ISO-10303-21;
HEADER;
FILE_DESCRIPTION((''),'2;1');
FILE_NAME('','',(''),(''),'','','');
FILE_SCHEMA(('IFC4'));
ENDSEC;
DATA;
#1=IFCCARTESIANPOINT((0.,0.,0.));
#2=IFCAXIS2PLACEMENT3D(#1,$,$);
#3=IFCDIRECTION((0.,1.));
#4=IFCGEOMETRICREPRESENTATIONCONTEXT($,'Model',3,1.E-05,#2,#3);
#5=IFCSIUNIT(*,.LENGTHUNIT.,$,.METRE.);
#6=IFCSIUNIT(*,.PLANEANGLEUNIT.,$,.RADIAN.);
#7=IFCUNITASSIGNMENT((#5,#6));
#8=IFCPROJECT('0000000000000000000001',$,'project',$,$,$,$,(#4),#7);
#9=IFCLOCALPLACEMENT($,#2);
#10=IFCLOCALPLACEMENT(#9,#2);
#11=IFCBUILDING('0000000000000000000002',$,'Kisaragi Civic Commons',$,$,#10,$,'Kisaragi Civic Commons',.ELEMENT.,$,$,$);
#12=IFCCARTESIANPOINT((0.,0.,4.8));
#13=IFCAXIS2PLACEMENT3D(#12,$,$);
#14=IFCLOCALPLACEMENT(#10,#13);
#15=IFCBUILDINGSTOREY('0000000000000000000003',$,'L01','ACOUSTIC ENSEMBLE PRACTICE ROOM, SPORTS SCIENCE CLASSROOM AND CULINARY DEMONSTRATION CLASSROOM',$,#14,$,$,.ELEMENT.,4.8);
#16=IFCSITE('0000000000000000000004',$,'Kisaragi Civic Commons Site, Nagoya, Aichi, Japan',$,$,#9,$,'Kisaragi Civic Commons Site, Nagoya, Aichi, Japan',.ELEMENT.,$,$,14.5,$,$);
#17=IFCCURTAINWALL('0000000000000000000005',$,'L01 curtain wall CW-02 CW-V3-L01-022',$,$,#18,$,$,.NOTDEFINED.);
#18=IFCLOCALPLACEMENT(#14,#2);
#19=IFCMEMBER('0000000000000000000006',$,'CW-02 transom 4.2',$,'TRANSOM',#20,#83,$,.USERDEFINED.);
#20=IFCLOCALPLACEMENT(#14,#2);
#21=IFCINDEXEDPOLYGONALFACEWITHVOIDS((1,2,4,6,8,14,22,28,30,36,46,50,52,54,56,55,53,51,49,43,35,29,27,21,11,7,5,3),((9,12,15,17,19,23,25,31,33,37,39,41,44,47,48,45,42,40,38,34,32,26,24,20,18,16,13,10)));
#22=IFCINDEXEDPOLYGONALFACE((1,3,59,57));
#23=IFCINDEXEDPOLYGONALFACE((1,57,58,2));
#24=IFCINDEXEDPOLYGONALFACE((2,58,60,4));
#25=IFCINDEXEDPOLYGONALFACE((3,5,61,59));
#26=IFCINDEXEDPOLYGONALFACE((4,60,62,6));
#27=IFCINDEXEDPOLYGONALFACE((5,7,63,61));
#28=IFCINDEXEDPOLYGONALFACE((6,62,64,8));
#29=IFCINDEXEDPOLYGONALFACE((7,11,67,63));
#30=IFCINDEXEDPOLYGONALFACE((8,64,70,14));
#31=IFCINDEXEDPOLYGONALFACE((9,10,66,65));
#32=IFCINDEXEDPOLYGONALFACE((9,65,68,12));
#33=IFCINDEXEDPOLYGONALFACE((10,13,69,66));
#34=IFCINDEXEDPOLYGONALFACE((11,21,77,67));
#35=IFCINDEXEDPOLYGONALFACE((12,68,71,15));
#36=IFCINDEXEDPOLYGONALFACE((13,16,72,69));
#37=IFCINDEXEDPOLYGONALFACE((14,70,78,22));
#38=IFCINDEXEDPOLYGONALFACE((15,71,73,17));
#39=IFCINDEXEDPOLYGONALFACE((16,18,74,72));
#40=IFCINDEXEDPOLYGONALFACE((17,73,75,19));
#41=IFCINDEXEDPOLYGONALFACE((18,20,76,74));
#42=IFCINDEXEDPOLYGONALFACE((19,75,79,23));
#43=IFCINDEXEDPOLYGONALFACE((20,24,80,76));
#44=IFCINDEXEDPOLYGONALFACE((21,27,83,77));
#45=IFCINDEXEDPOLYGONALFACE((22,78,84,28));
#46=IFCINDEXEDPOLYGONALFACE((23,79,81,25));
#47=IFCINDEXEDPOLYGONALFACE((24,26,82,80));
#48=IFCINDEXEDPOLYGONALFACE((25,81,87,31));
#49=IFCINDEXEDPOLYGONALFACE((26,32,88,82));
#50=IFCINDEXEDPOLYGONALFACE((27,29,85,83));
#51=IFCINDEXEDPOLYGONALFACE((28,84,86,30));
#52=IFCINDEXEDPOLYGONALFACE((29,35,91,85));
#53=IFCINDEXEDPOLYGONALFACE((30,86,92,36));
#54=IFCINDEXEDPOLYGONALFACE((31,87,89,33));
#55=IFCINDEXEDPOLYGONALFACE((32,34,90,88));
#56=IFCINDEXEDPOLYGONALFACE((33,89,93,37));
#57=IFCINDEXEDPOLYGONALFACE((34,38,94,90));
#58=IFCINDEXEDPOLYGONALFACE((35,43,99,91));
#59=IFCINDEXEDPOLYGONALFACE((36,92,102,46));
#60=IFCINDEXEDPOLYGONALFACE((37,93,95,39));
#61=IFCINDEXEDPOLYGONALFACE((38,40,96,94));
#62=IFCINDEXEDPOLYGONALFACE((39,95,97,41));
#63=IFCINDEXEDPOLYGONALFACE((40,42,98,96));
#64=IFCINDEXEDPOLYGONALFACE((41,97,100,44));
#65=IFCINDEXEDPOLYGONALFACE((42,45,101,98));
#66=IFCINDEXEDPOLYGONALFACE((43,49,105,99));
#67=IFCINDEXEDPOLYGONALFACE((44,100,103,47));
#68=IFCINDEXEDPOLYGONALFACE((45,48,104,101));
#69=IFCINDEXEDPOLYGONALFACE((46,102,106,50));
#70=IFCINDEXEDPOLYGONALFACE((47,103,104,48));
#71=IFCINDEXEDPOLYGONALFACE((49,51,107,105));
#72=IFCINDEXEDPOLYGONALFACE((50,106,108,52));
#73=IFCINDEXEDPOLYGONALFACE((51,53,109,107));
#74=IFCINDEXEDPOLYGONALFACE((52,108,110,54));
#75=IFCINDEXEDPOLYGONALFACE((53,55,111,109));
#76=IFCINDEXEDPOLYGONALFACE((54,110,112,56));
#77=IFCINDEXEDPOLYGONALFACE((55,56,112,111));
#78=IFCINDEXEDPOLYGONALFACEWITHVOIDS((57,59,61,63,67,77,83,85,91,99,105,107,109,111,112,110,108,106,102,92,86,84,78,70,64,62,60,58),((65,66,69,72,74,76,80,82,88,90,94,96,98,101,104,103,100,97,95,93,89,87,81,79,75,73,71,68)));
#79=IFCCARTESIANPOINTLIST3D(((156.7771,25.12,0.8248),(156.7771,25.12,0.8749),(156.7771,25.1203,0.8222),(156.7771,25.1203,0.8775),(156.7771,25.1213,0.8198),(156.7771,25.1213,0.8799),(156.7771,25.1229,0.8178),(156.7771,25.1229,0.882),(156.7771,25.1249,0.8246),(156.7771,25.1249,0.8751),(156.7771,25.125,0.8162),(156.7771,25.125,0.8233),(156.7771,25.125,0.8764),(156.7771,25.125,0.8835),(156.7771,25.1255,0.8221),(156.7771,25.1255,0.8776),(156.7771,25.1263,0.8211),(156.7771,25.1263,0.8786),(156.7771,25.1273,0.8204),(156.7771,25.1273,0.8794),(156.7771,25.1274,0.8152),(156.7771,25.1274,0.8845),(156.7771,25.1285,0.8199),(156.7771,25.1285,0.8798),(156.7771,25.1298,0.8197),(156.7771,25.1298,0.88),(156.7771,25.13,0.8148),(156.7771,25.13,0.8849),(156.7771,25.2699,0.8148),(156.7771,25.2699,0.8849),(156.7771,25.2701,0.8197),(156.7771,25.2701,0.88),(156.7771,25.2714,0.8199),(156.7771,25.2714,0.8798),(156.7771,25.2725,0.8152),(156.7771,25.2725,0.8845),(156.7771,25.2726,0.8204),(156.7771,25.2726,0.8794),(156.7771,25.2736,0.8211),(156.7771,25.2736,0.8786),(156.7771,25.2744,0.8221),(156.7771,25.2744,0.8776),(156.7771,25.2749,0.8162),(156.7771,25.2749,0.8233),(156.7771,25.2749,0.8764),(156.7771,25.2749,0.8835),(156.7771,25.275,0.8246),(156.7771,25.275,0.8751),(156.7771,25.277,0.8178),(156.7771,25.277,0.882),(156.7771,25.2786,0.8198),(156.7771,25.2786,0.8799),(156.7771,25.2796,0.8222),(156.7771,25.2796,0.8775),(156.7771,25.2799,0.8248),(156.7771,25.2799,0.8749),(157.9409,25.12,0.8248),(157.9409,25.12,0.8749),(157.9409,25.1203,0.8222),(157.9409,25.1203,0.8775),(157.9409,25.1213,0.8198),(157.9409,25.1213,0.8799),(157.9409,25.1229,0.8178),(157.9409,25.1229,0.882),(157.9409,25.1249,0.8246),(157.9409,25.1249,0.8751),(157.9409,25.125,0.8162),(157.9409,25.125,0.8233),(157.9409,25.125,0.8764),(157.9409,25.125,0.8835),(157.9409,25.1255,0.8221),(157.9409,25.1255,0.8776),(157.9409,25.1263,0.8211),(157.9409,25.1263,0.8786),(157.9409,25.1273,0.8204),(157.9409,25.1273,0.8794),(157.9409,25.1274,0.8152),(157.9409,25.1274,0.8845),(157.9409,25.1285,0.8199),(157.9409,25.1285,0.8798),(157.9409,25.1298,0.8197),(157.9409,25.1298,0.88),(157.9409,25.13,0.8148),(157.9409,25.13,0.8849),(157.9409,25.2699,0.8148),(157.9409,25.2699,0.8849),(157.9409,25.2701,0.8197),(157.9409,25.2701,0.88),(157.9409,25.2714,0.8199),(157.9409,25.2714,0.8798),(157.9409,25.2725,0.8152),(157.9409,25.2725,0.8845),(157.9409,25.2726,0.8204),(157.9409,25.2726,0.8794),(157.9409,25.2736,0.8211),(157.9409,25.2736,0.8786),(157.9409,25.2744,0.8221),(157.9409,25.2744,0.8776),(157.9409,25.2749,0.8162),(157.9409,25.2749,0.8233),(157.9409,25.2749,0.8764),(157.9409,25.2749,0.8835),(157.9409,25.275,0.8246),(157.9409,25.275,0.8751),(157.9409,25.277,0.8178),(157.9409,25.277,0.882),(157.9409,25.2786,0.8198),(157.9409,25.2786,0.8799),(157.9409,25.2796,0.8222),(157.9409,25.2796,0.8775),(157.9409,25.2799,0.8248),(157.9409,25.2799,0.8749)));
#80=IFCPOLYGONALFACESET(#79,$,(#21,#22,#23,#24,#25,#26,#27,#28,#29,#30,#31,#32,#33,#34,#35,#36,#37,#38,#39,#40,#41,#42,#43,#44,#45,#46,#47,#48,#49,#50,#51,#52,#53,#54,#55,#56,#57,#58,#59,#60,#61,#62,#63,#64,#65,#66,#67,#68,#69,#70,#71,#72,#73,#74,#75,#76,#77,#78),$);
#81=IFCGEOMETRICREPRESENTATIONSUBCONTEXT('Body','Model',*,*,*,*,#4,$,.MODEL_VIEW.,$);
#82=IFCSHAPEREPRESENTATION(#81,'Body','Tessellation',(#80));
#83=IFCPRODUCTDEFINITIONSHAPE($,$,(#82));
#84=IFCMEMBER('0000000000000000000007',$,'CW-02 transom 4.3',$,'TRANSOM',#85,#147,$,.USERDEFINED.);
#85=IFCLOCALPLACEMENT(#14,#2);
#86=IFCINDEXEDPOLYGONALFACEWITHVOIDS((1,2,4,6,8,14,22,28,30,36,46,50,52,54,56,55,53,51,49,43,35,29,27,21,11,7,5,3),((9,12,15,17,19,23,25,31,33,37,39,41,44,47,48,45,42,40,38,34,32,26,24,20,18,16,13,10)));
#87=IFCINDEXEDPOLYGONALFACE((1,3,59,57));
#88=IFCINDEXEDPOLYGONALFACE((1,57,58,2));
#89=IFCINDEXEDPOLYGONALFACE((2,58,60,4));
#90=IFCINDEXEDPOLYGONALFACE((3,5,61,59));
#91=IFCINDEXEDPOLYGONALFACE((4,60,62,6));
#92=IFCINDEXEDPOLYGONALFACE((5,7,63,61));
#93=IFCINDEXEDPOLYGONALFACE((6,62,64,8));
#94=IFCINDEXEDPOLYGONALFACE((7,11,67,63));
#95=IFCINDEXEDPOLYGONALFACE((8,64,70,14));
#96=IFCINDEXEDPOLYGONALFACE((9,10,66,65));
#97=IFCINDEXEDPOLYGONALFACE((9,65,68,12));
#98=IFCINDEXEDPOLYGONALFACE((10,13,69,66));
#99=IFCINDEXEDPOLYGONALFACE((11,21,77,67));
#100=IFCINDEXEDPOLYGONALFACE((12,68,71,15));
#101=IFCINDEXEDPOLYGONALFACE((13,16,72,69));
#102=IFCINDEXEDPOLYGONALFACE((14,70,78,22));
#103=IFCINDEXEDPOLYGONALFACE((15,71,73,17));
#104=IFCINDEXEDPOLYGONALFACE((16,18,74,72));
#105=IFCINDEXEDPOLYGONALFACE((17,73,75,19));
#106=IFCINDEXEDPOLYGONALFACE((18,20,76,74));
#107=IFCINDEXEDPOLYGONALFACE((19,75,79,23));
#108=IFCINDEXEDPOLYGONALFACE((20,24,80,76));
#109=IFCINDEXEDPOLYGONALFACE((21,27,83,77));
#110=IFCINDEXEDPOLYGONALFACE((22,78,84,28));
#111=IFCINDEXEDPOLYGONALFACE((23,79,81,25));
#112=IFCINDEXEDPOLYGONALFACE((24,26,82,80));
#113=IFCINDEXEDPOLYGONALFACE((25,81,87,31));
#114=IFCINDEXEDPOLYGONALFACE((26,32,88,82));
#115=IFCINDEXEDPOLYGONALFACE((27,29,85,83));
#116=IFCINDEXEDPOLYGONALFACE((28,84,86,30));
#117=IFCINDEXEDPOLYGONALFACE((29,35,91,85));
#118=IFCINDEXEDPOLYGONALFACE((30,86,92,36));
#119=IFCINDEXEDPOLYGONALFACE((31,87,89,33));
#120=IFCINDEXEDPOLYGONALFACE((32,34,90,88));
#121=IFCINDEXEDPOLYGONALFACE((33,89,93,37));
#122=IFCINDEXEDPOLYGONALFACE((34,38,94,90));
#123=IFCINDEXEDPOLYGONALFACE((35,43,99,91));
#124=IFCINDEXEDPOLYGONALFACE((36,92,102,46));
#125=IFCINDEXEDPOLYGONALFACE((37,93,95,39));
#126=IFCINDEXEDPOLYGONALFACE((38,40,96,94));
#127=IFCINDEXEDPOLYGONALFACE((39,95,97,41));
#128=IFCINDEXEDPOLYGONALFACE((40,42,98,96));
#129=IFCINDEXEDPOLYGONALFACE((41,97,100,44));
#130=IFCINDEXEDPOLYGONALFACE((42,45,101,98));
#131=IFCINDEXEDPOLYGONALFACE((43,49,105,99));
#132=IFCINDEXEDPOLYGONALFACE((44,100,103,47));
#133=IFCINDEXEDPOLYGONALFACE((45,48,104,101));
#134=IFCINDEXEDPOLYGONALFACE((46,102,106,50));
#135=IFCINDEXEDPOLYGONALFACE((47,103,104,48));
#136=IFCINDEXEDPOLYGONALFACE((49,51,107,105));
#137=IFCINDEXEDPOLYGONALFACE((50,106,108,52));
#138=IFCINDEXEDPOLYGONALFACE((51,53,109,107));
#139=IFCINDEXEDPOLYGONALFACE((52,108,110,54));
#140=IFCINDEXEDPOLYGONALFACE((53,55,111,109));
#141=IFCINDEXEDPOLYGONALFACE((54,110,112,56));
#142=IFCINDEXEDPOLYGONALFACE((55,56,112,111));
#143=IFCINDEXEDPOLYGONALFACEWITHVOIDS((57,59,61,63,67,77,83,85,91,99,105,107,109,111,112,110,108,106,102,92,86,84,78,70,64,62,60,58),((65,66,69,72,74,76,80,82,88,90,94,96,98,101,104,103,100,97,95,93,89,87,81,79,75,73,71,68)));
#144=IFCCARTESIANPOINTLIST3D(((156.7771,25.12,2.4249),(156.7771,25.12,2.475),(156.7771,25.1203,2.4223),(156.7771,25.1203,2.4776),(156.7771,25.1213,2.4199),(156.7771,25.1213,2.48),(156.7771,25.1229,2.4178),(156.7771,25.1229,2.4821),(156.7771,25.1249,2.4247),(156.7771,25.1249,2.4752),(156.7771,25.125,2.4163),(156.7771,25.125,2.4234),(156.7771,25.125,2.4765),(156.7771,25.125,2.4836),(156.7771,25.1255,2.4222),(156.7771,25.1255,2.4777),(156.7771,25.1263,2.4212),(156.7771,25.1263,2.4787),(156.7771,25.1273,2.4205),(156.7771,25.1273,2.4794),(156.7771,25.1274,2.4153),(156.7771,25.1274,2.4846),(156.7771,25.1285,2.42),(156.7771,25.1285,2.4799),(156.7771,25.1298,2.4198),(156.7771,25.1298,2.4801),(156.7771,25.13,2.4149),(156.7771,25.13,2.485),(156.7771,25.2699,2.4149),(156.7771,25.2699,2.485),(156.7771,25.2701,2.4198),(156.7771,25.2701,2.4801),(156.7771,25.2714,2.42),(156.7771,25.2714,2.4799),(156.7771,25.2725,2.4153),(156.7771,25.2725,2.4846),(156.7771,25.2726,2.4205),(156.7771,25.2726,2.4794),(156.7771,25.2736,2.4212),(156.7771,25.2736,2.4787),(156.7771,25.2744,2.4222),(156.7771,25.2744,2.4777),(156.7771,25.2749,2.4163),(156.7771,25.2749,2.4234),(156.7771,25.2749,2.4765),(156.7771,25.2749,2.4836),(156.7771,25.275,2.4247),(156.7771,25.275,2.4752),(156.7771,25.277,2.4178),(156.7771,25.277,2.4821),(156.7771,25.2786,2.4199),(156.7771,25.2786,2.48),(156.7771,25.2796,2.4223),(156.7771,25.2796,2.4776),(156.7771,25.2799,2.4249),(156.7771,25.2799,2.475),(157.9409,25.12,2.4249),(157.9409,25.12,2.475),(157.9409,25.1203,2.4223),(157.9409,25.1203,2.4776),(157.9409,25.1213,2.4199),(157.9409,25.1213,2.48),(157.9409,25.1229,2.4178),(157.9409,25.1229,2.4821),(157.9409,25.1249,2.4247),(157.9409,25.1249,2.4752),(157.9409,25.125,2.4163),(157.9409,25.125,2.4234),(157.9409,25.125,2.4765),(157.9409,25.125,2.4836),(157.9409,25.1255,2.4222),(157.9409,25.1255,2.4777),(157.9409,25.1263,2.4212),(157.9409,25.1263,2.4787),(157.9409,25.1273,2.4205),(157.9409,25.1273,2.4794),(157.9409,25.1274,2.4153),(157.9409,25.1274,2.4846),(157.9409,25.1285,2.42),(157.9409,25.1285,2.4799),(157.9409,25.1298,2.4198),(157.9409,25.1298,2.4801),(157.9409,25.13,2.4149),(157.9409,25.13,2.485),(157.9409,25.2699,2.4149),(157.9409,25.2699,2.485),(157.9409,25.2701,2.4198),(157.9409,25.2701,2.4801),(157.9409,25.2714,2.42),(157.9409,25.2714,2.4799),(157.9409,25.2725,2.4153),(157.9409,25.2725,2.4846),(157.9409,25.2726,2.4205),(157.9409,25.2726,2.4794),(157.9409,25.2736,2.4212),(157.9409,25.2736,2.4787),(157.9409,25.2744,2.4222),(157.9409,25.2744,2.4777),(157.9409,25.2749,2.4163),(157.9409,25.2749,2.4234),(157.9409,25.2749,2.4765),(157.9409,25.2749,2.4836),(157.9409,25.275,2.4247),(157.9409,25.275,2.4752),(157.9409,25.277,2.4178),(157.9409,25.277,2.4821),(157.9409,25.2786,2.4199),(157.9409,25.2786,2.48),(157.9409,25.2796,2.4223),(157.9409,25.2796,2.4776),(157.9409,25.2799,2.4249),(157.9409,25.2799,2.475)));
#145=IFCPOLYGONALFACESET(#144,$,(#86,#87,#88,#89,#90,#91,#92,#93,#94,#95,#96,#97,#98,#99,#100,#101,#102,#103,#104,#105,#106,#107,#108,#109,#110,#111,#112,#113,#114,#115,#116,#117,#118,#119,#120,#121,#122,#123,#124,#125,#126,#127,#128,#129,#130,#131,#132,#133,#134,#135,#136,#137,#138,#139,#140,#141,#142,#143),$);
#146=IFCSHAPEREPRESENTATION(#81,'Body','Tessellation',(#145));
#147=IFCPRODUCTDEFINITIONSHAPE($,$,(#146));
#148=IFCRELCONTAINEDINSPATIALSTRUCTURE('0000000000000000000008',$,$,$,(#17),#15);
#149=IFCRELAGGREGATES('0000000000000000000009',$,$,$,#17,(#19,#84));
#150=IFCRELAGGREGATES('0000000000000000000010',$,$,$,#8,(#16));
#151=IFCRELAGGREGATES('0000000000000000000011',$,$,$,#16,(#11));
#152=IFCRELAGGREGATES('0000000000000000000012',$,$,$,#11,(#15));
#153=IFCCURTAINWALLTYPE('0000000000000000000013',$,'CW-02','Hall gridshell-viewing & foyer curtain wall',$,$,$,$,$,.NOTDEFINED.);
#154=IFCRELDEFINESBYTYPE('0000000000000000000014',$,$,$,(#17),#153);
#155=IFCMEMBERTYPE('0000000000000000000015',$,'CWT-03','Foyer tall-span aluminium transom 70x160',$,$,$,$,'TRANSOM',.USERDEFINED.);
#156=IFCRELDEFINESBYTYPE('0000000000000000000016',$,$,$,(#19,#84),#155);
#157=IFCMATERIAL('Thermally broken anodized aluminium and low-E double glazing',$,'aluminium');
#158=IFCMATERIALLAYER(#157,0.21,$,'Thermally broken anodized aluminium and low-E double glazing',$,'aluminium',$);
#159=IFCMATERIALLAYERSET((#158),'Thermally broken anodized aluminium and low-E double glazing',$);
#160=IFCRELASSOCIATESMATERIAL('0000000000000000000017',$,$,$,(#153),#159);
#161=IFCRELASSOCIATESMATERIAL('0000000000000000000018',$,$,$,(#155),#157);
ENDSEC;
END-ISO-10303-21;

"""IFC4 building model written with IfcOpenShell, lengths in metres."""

from ifc_helpers import new_model, si_unit, direction, frame, origin, origin_2d, place, context, subcontext, project, spatial, hollow_rectangle, extrude, material, layer, layer_set, material_profile, profile_set, type_object, element, aggregate, save


model = new_model("IFC4")

# Units and contexts
model_context = context("Model", 3, precision=1e-05, world=origin(), true_north=direction((0.0, 1.0)))
body_context = subcontext(model_context, "Body", "Model", "MODEL_VIEW")
ifc_project = project(units=[si_unit("LENGTHUNIT", "METRE"), si_unit("PLANEANGLEUNIT", "RADIAN")], contexts=[model_context])

# Site, building, storey
site_placement = place(None, origin())
site = spatial("IfcSite", under=ifc_project, at=site_placement, Name="Kisaragi Civic Commons Site, Nagoya, Aichi, Japan", LongName="Kisaragi Civic Commons Site, Nagoya, Aichi, Japan", CompositionType="ELEMENT", RefElevation=14.5)
building_placement = place(site_placement, origin())
building = spatial("IfcBuilding", under=site, at=building_placement, Name="Kisaragi Civic Commons", LongName="Kisaragi Civic Commons", CompositionType="ELEMENT")
storey_placement = place(building_placement, frame((0.0, 0.0, 4.8)))
storey = spatial("IfcBuildingStorey", under=building, at=storey_placement, Name="L01", Description="ACOUSTIC ENSEMBLE PRACTICE ROOM, SPORTS SCIENCE CLASSROOM AND CULINARY DEMONSTRATION CLASSROOM", CompositionType="ELEMENT", Elevation=4.8)

# Curtain wall, members
ifc_material_1 = material(Name="Thermally broken anodized aluminium and low-E double glazing", Category="aluminium")
ifc_layer_1 = layer(ifc_material_1, 0.21, Name="Thermally broken anodized aluminium and low-E double glazing", Category="aluminium")
ifc_layer_set_1 = layer_set([ifc_layer_1], Name="Thermally broken anodized aluminium and low-E double glazing")
curtain_wall_type = type_object("IfcCurtainWallType", Name="CW-02", Description="Hall gridshell-viewing & foyer curtain wall", PredefinedType="NOTDEFINED", material=ifc_layer_set_1)
curtain_wall_placement = place(storey_placement, origin())
curtain_wall = element("IfcCurtainWall", 1, at=curtain_wall_placement, inside=storey, type_object=curtain_wall_type, Name="L01 curtain wall CW-02 CW-V3-L01-022", PredefinedType="NOTDEFINED")
ifc_material_profile_1 = material_profile(ifc_material_1, hollow_rectangle(XDim=0.1599, YDim=0.0701, WallThickness=0.0049, InnerFilletRadius=0.0049, OuterFilletRadius=0.01, at=origin_2d()), Name="CWT-70x160x5", Category="aluminium")
ifc_profile_set_1 = profile_set([ifc_material_profile_1], Name="Thermally broken anodized aluminium and low-E double glazing")
member_type_1 = type_object("IfcMemberType", Name="CWT-03", Description="Foyer tall-span aluminium transom 70x160", ElementType="TRANSOM", PredefinedType="USERDEFINED", material=ifc_profile_set_1)
member_1_placement = place(storey_placement, frame((156.7771, 25.2, 0.8499), z_axis=(1.0, 0.0, 0.0), x_axis=(0.0, 1.0, 0.0)))
member_1 = element("IfcMember", 2, at=member_1_placement, type_object=member_type_1, Name="CW-02 transom 4.2", ObjectType="TRANSOM", PredefinedType="USERDEFINED", context=body_context, shape_type="SweptSolid", body=[
    extrude(hollow_rectangle(XDim=0.1599, YDim=0.0701, WallThickness=0.0049, InnerFilletRadius=0.0049, OuterFilletRadius=0.01, at=origin_2d()), origin(), (0.0, 0.0, 1.0), 1.1638),
])
member_2_placement = place(storey_placement, frame((156.7771, 25.2, 2.45), z_axis=(1.0, 0.0, 0.0), x_axis=(0.0, 1.0, 0.0)))
member_2 = element("IfcMember", 3, at=member_2_placement, type_object=member_type_1, Name="CW-02 transom 4.3", ObjectType="TRANSOM", PredefinedType="USERDEFINED", context=body_context, shape_type="SweptSolid", body=[
    extrude(hollow_rectangle(XDim=0.1599, YDim=0.0701, WallThickness=0.0049, InnerFilletRadius=0.0049, OuterFilletRadius=0.01, at=origin_2d()), origin(), (0.0, 0.0, 1.0), 1.1638),
])
aggregate(curtain_wall, [member_1, member_2])

save(model, "model.ifc")
